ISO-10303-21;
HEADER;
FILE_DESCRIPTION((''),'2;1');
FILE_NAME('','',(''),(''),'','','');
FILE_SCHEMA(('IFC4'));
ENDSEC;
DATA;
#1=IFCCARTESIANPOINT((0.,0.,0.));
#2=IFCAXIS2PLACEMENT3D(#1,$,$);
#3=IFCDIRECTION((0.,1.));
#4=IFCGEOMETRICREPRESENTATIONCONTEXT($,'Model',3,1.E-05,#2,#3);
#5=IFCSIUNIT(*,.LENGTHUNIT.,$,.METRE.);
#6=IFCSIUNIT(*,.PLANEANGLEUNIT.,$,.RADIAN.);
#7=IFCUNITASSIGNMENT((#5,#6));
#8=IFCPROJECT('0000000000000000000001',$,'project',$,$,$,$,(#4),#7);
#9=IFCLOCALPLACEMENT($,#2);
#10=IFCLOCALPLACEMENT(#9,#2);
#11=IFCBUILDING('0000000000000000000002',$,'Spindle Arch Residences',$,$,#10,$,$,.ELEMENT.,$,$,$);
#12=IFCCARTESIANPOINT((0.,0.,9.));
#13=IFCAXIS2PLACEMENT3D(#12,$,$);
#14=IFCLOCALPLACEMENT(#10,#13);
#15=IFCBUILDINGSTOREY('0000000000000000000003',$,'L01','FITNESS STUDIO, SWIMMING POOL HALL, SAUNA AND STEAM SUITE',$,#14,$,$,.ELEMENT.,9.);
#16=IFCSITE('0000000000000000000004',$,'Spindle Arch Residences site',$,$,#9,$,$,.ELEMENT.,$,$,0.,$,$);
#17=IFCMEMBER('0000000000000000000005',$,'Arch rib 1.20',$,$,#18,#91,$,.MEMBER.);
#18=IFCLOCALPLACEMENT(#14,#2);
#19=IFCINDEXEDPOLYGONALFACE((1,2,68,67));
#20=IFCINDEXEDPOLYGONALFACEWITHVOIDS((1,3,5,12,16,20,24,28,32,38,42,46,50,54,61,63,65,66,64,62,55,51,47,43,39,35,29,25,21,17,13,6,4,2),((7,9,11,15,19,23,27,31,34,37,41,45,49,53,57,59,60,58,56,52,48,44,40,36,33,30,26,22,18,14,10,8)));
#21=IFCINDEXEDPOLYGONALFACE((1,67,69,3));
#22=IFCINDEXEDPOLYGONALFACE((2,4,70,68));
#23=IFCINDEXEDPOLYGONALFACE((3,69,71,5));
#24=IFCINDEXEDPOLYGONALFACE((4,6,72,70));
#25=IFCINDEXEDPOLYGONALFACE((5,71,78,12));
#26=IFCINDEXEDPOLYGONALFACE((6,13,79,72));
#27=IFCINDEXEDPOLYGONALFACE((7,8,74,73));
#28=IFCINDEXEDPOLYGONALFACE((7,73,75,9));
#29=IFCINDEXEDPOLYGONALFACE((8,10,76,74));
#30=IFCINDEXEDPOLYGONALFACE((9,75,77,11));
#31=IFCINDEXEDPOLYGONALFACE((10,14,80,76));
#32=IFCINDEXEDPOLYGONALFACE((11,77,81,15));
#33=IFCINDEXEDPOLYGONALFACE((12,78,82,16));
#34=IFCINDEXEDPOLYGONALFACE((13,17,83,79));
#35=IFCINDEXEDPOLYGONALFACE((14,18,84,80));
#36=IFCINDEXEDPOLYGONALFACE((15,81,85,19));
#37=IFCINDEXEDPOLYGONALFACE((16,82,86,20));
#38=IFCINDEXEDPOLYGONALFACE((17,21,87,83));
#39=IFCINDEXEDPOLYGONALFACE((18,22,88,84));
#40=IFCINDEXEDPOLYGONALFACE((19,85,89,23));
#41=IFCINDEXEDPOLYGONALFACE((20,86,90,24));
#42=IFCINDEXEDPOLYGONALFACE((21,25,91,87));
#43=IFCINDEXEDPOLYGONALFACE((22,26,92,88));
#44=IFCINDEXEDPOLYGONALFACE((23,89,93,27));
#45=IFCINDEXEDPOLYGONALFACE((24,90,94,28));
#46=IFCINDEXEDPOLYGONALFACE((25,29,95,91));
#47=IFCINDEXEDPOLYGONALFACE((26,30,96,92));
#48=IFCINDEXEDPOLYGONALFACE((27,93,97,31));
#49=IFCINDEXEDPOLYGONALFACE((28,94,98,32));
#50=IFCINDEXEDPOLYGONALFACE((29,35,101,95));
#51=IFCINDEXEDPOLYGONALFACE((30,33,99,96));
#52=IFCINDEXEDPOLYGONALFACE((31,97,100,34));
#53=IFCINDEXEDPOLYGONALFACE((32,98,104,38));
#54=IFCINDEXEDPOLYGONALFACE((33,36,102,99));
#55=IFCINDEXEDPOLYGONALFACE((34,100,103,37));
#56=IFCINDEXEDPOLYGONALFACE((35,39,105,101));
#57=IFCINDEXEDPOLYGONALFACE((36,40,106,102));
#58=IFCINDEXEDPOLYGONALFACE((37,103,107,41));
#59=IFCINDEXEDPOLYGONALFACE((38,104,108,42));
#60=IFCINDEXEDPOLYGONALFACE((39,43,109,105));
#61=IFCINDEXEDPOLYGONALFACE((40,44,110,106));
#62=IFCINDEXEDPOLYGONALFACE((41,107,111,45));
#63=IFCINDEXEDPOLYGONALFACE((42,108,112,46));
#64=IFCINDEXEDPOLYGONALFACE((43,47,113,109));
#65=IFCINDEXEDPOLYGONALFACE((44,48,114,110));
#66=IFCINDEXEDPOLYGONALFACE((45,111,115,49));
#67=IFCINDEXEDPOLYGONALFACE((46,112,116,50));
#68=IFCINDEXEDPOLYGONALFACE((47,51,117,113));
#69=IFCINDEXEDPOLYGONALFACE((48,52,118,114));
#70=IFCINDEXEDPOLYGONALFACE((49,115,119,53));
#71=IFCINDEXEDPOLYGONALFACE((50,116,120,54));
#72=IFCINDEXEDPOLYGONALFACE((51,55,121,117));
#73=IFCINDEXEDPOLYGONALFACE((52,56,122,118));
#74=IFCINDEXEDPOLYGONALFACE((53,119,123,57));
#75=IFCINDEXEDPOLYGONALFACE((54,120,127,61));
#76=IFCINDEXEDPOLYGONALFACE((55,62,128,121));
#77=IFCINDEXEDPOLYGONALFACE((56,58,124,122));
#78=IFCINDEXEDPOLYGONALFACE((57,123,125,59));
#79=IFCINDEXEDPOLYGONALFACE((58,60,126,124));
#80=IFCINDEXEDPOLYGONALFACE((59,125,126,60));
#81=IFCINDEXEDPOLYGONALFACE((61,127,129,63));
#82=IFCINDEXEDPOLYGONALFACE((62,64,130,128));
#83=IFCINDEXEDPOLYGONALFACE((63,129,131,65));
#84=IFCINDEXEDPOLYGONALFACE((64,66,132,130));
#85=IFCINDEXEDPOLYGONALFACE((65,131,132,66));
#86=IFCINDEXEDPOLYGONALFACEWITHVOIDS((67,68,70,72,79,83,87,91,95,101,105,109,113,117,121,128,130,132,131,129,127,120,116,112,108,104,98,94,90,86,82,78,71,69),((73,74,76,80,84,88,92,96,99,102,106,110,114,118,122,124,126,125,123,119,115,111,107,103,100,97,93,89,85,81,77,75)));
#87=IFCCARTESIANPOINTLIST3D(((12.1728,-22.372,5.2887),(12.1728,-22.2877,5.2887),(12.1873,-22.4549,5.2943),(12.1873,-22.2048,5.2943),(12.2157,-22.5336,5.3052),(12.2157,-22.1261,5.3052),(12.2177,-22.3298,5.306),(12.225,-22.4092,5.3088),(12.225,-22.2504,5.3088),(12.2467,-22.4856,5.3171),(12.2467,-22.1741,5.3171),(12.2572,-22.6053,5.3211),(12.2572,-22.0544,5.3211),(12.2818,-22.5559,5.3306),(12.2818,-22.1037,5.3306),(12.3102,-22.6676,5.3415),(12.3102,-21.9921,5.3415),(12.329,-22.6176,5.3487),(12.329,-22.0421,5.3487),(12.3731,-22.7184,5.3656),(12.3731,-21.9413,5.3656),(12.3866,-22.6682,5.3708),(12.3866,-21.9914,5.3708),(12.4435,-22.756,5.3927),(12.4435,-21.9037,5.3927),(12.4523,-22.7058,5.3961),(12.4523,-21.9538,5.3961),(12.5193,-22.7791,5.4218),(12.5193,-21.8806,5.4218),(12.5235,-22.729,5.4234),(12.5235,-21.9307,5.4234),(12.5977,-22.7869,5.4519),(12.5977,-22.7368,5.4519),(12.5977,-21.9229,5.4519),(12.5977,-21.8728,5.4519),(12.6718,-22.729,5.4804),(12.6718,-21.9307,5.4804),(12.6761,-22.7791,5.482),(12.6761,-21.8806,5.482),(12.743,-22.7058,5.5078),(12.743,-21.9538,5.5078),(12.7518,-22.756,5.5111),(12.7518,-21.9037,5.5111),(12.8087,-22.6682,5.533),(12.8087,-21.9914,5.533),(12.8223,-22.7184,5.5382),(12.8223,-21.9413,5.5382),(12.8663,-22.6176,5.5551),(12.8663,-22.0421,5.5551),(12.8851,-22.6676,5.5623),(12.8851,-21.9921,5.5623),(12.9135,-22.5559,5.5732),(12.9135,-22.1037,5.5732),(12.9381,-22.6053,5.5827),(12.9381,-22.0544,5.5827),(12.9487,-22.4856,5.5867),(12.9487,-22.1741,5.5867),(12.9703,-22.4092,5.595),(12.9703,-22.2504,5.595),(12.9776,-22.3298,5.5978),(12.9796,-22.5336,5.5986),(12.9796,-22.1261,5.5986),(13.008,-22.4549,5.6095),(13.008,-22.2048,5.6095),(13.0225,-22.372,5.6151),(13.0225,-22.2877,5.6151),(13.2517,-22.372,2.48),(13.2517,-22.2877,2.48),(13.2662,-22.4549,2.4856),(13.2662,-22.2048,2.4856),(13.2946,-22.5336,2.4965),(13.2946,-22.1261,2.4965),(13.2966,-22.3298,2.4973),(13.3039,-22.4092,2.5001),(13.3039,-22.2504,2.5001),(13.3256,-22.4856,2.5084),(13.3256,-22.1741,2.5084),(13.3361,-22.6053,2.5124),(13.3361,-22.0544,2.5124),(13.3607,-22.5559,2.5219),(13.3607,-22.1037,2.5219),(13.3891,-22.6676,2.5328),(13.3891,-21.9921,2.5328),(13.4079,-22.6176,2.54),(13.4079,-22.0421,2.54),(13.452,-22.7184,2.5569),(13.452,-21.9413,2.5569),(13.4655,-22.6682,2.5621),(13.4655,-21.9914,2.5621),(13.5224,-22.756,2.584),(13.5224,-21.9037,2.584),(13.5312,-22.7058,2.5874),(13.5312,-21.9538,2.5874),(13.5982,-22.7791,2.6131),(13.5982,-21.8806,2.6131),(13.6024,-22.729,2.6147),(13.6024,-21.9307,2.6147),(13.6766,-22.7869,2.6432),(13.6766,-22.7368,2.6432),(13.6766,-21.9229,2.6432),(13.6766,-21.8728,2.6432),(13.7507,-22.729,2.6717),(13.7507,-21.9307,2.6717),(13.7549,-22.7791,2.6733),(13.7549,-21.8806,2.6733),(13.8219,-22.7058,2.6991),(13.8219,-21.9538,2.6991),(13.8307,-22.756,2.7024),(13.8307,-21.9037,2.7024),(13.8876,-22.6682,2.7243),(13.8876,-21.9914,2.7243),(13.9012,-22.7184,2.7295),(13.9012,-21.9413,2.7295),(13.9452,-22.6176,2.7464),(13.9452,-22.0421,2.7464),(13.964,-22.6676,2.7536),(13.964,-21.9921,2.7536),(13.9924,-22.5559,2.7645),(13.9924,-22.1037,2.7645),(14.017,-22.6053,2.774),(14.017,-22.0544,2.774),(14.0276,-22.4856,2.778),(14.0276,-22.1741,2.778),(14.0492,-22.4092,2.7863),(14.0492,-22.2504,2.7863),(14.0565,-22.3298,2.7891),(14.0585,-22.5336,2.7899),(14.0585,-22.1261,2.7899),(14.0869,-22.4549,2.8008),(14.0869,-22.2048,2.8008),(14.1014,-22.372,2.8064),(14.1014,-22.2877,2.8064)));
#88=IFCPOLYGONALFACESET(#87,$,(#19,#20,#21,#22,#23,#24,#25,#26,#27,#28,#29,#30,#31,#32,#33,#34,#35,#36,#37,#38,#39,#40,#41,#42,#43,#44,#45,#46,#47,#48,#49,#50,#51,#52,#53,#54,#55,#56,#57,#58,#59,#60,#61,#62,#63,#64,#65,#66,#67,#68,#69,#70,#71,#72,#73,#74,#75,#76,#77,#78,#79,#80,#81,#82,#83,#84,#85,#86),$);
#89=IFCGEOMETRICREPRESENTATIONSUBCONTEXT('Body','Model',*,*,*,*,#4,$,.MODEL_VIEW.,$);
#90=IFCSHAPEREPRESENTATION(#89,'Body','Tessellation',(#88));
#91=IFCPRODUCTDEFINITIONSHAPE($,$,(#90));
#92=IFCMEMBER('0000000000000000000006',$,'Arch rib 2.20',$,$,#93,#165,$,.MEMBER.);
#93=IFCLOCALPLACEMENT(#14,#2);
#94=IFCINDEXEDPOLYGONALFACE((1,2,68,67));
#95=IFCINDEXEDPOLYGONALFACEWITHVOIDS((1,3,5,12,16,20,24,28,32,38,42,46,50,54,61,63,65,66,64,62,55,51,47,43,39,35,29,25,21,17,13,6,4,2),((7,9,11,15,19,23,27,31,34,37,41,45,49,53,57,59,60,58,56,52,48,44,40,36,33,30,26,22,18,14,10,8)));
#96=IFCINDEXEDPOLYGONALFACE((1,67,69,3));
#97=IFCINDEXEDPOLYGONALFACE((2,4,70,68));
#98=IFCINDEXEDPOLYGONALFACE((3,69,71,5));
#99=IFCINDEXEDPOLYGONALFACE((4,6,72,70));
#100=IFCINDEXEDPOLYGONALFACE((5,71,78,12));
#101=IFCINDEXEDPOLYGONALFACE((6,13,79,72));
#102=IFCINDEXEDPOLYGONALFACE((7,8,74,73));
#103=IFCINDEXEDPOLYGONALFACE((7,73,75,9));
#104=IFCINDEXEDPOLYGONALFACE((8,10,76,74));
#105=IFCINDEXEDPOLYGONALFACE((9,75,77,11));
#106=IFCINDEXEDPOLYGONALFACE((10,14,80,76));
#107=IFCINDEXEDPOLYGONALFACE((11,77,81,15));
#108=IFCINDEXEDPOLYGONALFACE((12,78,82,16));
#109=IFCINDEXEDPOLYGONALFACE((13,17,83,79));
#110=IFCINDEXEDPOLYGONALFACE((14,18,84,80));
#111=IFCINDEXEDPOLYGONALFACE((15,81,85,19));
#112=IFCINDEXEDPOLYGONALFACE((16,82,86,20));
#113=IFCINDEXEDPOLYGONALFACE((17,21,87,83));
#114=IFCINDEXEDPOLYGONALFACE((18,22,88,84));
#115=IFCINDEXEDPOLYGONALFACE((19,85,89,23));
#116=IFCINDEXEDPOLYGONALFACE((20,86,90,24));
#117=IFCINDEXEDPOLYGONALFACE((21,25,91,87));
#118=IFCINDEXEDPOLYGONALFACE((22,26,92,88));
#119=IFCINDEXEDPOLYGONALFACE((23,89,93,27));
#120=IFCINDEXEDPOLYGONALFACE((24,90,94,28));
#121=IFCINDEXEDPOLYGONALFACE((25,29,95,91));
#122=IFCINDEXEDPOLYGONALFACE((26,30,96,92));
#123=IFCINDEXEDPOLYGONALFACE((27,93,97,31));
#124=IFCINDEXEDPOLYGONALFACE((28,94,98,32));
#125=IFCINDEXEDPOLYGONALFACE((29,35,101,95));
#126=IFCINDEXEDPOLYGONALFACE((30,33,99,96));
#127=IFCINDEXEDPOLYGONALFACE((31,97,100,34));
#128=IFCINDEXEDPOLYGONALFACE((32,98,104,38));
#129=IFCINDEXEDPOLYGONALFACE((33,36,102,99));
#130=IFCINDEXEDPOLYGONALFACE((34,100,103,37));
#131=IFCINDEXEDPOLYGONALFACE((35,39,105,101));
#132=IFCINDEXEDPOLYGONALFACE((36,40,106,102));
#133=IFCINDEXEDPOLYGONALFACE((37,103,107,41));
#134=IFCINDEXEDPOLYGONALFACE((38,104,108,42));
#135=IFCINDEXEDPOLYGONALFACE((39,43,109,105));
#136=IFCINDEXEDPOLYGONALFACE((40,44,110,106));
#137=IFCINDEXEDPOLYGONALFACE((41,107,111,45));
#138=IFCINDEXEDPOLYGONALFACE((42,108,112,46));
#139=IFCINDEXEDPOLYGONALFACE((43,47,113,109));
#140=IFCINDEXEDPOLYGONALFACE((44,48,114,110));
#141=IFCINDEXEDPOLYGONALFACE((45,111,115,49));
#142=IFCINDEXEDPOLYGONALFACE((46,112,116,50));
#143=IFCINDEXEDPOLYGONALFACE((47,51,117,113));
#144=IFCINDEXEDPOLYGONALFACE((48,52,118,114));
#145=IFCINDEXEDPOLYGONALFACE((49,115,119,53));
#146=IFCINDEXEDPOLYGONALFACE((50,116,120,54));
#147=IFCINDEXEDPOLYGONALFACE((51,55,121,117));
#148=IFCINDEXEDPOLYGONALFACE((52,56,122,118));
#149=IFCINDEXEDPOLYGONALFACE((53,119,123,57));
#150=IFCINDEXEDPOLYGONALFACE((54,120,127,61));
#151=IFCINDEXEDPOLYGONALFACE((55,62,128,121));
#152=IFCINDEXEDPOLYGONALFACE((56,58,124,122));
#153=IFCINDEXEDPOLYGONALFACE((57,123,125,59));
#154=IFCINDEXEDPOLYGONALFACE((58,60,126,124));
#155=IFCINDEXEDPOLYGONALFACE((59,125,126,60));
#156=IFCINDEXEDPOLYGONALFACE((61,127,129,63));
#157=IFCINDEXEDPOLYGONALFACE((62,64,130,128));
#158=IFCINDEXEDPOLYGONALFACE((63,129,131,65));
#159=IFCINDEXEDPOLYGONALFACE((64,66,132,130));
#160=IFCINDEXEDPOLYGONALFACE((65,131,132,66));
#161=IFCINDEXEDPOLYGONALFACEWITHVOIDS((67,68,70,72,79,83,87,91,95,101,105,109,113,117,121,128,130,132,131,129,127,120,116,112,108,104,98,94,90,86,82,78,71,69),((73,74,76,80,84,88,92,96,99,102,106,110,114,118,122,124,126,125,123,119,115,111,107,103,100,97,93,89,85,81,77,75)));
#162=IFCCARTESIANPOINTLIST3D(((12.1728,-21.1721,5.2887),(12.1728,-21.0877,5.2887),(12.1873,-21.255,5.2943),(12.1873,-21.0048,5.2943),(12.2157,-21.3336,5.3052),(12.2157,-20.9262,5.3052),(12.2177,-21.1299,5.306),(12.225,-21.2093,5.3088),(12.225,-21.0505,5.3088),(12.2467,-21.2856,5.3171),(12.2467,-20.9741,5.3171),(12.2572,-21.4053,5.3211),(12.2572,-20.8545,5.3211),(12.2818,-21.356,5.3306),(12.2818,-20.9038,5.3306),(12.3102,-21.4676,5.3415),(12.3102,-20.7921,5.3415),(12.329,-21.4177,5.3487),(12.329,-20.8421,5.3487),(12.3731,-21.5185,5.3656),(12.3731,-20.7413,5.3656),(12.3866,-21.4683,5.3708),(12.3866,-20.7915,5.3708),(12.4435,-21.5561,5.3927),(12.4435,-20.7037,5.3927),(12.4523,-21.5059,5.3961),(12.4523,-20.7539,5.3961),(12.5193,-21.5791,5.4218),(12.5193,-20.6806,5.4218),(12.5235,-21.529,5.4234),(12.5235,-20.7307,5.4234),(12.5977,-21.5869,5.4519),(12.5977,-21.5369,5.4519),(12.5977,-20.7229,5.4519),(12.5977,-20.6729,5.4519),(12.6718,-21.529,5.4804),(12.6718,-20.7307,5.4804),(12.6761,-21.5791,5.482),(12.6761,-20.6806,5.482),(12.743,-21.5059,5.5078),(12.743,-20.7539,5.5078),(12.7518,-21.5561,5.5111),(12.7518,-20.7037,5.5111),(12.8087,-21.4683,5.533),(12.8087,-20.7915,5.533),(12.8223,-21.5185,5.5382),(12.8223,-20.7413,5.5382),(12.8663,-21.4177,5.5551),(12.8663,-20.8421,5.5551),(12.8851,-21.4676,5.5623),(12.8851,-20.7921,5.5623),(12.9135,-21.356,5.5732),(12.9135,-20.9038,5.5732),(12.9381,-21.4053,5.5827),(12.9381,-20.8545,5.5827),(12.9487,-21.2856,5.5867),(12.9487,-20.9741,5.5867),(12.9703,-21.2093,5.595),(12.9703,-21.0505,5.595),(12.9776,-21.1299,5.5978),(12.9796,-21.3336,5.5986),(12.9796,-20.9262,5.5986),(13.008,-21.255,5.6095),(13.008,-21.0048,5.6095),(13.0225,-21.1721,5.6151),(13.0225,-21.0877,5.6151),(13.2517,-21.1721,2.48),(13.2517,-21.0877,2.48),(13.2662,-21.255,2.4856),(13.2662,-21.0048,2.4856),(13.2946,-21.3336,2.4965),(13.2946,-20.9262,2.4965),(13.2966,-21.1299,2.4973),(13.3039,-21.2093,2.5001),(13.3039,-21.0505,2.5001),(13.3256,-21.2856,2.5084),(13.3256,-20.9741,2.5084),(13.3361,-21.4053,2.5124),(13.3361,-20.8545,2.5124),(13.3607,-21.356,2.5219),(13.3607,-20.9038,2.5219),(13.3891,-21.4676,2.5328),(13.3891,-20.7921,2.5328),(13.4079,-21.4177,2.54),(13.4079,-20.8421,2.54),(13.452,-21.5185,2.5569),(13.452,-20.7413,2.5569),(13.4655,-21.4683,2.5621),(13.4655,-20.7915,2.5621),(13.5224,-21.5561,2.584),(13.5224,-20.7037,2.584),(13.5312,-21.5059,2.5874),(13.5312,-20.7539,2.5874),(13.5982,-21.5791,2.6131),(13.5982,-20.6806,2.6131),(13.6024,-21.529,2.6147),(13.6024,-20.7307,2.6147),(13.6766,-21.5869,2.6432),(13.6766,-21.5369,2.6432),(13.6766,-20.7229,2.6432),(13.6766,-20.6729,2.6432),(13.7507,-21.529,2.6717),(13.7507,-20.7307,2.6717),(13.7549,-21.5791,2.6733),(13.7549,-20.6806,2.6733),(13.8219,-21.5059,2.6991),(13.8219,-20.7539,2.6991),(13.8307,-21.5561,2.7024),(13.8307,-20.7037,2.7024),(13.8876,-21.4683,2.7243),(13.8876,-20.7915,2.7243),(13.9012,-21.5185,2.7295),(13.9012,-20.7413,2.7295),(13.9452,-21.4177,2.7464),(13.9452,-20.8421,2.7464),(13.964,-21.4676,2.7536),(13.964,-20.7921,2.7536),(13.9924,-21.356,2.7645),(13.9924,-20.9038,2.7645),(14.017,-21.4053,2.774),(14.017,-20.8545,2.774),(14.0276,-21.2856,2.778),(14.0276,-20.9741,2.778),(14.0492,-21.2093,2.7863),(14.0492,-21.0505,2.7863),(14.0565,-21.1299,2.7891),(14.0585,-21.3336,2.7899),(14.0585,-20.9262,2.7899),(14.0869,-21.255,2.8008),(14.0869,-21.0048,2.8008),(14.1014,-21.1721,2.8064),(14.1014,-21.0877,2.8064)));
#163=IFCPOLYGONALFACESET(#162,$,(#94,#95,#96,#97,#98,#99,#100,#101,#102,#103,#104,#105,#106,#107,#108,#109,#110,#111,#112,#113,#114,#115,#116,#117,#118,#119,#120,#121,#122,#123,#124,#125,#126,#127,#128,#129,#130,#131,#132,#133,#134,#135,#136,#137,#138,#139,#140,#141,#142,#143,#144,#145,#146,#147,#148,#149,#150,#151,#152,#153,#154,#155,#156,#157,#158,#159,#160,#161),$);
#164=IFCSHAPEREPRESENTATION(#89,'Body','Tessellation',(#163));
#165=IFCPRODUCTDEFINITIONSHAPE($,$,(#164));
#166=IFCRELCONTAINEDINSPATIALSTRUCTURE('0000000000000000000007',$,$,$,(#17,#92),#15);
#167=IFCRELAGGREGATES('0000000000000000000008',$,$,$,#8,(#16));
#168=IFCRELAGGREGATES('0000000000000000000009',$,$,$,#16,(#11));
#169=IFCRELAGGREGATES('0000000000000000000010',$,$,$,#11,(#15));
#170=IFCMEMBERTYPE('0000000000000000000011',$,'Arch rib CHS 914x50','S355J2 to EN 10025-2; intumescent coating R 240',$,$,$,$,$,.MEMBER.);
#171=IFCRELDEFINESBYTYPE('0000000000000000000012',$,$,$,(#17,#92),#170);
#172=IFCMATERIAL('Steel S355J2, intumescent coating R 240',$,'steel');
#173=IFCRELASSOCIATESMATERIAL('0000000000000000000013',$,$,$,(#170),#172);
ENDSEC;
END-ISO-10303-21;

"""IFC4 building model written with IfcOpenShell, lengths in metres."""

from ifc_helpers import new_model, si_unit, direction, frame, origin, origin_2d, place, context, subcontext, project, spatial, hollow_circle, extrude, material, material_profile, profile_set, type_object, element, save


model = new_model("IFC4")

# Units and contexts
model_context = context("Model", 3, precision=1e-05, world=origin(), true_north=direction((0.0, 1.0)))
body_context = subcontext(model_context, "Body", "Model", "MODEL_VIEW")
ifc_project = project(units=[si_unit("LENGTHUNIT", "METRE"), si_unit("PLANEANGLEUNIT", "RADIAN")], contexts=[model_context])

# Site, building, storey
site_placement = place(None, origin())
site = spatial("IfcSite", under=ifc_project, at=site_placement, Name="Spindle Arch Residences site", CompositionType="ELEMENT", RefElevation=0.0)
building_placement = place(site_placement, origin())
building = spatial("IfcBuilding", under=site, at=building_placement, Name="Spindle Arch Residences", CompositionType="ELEMENT")
storey_placement = place(building_placement, frame((0.0, 0.0, 9.0)))
storey = spatial("IfcBuildingStorey", under=building, at=storey_placement, Name="L01", Description="FITNESS STUDIO, SWIMMING POOL HALL, SAUNA AND STEAM SUITE", CompositionType="ELEMENT", Elevation=9.0)

# Members
ifc_material_1 = material(Name="Steel S355J2, intumescent coating R 240", Category="steel")
ifc_material_profile_1 = material_profile(ifc_material_1, hollow_circle(Radius=0.457, WallThickness=0.05, at=origin_2d()), Name="CHS 914x50")
ifc_profile_set_1 = profile_set([ifc_material_profile_1], Name="Steel S355J2, intumescent coating R 240")
member_type_1 = type_object("IfcMemberType", Name="Arch rib CHS 914x50", Description="S355J2 to EN 10025-2; intumescent coating R 240", PredefinedType="MEMBER", material=ifc_profile_set_1)
for number, where, z_axis, x_axis, name in (
    (1, (12.5977, -22.3298, 5.4519), (0.358582, 0.0, -0.933498), (0.0, 1.0, 0.0), "Arch rib 1.20"),
    (2, (12.5977, -21.1299, 5.4519), (0.358582, 0.0, -0.933498), (0.0, 1.0, 0.0), "Arch rib 2.20"),
):
    element("IfcMember", number, at=place(storey_placement, frame(where, z_axis=z_axis, x_axis=x_axis)), inside=storey, type_object=member_type_1, Name=name, PredefinedType="MEMBER", context=body_context, shape_type="SweptSolid", body=[
        extrude(hollow_circle(Radius=0.457, WallThickness=0.05, at=origin_2d()), origin(), (0.0, 0.0, 1.0), 3.0088),
    ])

save(model, "model.ifc")
